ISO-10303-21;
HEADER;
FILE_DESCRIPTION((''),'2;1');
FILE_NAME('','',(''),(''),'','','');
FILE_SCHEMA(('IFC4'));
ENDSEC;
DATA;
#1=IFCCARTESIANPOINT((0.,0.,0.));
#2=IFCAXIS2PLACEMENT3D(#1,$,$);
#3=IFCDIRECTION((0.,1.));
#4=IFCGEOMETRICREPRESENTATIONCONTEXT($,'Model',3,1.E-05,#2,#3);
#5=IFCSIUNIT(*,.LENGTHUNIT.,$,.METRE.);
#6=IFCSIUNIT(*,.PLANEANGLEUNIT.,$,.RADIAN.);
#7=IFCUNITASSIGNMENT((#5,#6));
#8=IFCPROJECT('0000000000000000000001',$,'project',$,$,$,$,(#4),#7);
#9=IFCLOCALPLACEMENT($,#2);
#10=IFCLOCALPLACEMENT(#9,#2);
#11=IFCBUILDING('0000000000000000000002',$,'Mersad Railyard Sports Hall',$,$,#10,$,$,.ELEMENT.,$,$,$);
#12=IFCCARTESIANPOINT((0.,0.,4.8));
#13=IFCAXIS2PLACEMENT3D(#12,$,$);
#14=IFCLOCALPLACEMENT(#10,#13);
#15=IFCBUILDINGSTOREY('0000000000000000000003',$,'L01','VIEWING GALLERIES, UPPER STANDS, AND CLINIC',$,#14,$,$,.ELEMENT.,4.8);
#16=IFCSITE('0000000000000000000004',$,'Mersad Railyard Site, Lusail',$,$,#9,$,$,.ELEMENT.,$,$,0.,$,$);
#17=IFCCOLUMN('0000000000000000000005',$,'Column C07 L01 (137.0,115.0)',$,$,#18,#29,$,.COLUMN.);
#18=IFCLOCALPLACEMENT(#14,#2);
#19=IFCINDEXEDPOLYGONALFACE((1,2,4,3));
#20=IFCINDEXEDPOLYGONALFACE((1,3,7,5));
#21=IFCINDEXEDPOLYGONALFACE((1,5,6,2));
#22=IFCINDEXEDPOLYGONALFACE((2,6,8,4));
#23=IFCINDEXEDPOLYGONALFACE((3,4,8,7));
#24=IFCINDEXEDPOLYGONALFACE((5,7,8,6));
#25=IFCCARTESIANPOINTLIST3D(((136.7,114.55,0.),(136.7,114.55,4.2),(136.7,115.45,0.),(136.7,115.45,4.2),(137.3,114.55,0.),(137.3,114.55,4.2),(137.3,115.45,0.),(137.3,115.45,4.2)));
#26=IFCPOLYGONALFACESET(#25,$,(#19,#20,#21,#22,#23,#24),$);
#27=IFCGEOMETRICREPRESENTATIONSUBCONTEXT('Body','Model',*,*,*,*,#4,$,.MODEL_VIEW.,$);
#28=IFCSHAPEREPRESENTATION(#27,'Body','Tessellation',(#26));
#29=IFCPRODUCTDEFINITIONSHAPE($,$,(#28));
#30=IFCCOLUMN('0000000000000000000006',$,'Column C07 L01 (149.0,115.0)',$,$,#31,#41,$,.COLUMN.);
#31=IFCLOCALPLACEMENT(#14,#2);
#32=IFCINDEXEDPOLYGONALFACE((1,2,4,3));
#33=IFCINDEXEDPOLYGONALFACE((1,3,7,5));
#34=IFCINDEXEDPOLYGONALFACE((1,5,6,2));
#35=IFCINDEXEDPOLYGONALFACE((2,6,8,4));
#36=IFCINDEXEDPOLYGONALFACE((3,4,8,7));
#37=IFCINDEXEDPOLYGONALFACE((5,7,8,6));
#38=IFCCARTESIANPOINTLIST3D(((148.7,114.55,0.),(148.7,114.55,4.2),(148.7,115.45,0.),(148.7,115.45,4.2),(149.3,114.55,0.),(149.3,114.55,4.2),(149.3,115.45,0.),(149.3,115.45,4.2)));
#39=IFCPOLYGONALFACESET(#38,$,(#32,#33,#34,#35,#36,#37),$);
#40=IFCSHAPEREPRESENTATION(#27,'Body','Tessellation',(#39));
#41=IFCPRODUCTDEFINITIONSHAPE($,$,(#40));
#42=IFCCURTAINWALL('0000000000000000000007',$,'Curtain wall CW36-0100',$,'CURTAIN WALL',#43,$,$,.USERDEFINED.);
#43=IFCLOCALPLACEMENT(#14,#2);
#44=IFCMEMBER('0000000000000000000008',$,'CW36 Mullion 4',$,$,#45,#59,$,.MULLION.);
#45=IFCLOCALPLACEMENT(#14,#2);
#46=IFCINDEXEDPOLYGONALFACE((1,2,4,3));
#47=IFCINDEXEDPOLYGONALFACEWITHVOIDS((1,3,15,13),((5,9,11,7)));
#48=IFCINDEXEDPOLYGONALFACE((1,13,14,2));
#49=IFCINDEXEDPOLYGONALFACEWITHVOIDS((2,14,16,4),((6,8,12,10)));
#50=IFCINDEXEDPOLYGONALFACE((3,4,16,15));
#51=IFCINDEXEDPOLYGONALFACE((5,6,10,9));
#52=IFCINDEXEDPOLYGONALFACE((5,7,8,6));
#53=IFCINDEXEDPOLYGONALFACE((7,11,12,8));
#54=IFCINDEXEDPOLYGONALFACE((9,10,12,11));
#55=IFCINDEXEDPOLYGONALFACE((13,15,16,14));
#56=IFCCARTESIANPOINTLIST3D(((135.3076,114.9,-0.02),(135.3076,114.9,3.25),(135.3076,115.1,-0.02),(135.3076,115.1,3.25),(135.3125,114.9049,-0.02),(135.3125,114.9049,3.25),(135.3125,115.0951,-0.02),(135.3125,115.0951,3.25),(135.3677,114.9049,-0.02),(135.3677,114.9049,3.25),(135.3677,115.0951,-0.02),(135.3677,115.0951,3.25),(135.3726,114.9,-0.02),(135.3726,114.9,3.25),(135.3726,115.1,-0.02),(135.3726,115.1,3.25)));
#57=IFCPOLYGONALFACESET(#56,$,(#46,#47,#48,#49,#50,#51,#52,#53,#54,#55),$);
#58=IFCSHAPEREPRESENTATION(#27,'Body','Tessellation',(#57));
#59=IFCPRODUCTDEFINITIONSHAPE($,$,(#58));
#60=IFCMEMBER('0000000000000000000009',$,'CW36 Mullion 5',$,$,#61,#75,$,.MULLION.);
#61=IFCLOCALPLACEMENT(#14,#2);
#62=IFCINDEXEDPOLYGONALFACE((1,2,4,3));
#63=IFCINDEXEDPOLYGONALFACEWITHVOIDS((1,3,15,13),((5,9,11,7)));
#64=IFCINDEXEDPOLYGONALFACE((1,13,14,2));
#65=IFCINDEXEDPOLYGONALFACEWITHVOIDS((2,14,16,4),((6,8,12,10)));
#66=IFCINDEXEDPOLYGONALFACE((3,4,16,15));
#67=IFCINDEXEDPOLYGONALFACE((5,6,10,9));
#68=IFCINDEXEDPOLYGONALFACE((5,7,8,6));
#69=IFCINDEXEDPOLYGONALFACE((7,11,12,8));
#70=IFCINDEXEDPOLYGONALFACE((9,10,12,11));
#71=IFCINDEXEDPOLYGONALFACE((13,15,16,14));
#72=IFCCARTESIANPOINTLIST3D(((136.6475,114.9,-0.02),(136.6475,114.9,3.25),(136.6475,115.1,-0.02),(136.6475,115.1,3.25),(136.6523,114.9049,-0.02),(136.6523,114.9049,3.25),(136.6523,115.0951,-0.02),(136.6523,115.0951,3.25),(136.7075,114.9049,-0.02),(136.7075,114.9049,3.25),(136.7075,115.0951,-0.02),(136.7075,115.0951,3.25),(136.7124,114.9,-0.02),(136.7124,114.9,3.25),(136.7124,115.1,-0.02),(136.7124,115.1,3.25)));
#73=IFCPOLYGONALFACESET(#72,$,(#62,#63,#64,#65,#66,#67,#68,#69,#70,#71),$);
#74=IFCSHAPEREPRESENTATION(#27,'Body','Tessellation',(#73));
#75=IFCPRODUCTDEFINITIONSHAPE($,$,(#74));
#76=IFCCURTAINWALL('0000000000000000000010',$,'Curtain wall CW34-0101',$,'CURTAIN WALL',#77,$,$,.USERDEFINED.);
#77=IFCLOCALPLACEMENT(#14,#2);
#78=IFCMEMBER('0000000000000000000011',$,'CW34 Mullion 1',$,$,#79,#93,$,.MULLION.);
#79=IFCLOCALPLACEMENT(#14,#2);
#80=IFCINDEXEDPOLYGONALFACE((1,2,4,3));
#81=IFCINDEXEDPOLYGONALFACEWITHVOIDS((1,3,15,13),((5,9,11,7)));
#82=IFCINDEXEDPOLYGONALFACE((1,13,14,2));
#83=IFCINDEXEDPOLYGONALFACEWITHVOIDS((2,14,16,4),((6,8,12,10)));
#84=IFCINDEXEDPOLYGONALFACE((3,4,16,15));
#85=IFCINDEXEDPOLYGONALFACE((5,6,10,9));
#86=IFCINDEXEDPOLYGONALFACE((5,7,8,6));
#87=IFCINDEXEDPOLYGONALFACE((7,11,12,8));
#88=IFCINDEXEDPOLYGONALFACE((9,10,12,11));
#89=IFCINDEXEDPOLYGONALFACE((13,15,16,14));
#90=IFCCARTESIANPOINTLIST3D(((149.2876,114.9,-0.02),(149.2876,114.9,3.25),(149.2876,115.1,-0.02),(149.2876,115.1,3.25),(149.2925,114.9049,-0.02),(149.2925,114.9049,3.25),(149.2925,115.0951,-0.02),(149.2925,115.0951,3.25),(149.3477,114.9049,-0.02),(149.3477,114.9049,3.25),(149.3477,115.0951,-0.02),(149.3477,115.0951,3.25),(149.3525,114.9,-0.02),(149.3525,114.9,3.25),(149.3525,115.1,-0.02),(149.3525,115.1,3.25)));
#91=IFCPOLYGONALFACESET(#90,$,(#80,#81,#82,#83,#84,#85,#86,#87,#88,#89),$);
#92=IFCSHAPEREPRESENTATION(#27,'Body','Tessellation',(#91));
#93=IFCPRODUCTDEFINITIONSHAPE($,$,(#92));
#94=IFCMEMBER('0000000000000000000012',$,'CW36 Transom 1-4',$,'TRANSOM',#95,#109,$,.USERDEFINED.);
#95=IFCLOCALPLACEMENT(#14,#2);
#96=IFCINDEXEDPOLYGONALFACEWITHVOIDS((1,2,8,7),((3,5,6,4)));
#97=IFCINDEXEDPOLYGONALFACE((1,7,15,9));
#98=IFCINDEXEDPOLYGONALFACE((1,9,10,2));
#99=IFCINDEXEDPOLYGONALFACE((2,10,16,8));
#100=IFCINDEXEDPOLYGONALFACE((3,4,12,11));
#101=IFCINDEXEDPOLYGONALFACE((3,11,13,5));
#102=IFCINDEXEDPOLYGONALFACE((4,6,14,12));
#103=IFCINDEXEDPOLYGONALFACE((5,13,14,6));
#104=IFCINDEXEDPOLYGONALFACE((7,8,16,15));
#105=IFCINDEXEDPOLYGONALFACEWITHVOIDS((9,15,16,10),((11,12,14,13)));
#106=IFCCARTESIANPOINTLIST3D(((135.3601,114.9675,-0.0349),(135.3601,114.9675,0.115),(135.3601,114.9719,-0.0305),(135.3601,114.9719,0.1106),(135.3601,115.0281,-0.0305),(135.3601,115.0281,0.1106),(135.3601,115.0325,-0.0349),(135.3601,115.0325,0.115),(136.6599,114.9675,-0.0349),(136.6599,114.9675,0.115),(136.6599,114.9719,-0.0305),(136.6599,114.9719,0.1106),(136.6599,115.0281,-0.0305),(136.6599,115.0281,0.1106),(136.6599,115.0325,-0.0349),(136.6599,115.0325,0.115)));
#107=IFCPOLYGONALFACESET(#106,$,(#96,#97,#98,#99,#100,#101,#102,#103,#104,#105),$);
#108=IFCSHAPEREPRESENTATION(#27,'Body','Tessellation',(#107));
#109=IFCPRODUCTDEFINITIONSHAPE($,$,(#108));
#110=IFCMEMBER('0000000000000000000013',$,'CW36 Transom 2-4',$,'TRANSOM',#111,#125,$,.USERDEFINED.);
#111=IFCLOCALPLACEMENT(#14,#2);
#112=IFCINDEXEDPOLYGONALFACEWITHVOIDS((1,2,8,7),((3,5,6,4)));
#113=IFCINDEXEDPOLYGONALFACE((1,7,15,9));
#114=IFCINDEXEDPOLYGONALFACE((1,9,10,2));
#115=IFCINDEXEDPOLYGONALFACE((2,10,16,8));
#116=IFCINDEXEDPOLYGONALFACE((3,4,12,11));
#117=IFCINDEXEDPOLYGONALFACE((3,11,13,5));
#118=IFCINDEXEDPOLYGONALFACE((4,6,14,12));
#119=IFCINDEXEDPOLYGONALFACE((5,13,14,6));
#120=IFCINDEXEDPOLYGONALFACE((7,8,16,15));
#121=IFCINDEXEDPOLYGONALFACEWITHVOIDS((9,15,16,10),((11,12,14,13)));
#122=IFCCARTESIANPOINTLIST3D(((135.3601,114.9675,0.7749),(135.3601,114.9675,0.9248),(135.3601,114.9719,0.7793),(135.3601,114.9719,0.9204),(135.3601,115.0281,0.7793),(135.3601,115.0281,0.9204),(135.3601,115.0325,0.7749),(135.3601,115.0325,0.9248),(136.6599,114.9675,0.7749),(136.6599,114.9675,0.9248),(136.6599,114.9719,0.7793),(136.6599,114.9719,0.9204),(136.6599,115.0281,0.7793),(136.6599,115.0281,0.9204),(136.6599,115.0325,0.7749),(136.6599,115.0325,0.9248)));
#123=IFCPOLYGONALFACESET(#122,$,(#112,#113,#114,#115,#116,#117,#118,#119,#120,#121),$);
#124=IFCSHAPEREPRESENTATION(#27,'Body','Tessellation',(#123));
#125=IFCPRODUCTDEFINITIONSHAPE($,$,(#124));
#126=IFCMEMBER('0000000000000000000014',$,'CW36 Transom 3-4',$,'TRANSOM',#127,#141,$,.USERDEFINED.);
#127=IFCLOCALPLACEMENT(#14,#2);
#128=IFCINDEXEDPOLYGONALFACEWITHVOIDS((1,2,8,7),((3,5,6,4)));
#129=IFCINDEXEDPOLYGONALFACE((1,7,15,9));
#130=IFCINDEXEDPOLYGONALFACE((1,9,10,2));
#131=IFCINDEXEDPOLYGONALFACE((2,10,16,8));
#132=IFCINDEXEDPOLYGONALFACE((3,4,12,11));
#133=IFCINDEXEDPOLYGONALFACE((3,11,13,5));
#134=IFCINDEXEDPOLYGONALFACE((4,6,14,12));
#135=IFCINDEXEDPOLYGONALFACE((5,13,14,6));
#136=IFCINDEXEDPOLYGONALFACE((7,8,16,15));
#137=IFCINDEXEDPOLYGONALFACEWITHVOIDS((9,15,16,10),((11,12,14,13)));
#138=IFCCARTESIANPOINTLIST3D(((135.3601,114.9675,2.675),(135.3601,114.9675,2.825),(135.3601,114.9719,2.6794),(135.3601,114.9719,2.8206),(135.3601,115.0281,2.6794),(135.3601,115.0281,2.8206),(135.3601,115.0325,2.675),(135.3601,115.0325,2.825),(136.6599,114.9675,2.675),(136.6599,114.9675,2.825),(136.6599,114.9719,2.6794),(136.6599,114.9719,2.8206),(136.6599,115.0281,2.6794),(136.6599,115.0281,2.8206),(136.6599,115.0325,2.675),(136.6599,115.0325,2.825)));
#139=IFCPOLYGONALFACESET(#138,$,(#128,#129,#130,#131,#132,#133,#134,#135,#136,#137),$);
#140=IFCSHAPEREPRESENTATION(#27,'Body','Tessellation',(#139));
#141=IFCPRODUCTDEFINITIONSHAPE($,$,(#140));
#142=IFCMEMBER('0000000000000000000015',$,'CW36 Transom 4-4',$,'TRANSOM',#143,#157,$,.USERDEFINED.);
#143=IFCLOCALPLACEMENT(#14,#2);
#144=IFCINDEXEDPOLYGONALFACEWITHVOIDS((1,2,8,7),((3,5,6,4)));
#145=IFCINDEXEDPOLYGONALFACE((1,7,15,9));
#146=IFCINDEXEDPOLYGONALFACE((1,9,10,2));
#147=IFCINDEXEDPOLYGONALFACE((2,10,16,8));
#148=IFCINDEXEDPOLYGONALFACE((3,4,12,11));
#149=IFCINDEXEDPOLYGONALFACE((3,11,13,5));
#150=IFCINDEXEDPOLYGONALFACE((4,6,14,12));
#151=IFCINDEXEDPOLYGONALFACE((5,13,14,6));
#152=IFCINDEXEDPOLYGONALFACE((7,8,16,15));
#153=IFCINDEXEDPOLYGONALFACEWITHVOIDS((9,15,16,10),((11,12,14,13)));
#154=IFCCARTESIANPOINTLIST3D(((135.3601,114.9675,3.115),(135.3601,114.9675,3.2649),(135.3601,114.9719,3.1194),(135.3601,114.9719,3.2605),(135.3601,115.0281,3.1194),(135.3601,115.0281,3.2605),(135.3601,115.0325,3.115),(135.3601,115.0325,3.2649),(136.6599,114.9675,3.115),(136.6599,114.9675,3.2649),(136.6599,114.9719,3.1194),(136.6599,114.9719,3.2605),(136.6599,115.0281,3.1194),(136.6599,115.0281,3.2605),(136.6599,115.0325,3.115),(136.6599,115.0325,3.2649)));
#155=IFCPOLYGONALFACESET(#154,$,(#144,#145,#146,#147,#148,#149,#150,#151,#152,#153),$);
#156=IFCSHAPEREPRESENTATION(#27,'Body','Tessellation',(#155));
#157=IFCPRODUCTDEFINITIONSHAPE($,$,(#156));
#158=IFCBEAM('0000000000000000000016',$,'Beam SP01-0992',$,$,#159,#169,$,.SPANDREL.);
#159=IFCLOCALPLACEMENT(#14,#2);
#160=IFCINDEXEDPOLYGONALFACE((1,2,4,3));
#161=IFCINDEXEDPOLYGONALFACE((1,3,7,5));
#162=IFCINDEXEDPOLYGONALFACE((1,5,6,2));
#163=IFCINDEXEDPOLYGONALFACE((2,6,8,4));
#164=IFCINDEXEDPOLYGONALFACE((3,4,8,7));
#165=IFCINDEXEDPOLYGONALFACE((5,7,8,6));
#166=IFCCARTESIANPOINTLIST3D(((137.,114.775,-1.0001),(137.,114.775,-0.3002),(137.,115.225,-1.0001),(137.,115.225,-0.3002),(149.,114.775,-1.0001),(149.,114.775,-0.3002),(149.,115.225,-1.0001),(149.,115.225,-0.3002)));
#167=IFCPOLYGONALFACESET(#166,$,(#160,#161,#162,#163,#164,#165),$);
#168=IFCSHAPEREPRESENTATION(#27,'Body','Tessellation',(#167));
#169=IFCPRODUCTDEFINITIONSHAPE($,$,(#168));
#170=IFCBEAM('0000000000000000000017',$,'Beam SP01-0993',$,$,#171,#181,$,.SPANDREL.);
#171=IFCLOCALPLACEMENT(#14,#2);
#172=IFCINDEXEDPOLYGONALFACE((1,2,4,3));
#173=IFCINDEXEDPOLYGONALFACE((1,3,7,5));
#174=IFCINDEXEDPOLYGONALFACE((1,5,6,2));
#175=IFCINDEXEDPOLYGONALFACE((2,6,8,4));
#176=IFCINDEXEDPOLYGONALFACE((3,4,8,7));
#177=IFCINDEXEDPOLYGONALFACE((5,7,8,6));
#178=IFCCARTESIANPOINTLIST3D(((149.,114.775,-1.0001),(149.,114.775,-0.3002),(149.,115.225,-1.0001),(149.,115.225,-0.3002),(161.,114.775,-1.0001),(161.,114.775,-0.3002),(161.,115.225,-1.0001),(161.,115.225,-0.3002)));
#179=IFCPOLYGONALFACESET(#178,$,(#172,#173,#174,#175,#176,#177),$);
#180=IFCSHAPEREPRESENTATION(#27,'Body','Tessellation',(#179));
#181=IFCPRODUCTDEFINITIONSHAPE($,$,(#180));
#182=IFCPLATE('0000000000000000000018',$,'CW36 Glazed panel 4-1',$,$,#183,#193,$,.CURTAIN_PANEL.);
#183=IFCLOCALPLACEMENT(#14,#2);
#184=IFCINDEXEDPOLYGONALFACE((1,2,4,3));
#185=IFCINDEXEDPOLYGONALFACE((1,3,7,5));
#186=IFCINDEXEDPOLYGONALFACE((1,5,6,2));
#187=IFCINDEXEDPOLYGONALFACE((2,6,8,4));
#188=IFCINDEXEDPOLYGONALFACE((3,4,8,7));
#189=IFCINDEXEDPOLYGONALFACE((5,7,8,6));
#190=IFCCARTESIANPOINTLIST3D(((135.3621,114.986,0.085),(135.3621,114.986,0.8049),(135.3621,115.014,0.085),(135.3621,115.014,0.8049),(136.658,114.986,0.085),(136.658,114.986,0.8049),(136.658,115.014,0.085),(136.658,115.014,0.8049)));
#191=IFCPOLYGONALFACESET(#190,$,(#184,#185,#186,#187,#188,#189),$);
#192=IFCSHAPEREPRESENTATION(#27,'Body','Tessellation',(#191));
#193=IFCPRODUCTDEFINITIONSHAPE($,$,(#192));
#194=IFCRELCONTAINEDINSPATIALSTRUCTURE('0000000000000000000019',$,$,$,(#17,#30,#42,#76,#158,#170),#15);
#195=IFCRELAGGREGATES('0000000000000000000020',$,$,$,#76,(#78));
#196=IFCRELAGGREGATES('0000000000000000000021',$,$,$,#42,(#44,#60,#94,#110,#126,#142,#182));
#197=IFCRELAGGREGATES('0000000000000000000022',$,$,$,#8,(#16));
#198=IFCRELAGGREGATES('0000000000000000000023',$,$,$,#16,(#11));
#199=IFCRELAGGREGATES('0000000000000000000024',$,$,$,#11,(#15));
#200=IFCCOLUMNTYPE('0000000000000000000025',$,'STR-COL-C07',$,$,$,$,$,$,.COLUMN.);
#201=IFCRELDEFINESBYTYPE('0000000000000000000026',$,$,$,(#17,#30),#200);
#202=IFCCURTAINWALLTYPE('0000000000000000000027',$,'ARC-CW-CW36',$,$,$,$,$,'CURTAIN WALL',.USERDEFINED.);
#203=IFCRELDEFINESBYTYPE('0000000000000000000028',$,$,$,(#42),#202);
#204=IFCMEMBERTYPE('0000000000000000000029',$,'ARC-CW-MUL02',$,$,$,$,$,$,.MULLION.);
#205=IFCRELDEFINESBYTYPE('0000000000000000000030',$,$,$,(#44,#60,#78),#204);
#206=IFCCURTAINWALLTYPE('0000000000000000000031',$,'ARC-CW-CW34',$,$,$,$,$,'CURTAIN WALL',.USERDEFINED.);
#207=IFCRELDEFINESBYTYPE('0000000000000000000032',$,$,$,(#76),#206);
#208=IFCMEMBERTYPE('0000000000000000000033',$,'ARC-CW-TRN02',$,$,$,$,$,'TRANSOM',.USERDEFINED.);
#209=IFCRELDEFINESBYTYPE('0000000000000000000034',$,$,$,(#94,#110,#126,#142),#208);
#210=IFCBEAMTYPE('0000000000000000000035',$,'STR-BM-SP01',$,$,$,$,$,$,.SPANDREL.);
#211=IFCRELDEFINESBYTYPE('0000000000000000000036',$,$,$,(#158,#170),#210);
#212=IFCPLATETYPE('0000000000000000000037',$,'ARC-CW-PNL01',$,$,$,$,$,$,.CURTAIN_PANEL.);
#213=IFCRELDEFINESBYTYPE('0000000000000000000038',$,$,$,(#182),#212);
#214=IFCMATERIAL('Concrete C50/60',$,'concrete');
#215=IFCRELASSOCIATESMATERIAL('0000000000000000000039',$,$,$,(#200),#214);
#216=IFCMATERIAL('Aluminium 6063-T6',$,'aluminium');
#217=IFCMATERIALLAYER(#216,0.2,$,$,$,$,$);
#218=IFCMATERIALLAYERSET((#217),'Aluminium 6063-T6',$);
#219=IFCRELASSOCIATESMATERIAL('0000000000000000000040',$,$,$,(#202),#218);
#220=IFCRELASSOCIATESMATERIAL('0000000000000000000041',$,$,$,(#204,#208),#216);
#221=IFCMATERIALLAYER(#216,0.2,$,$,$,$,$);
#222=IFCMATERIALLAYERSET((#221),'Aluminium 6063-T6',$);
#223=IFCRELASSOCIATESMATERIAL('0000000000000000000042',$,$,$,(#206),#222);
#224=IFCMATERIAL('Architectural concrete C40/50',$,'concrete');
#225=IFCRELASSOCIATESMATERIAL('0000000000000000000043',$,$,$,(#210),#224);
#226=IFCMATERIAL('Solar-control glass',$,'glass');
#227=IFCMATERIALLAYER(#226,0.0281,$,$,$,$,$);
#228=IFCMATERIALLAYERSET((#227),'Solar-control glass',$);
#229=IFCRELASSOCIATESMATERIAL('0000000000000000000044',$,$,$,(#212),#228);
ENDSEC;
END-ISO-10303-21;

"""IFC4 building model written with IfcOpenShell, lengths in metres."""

from ifc_helpers import new_model, si_unit, direction, frame, origin, origin_2d, place, context, subcontext, project, spatial, rectangle, hollow_rectangle, extrude, material, layer, layer_set, material_profile, profile_set, type_object, element, aggregate, save


model = new_model("IFC4")

# Units and contexts
model_context = context("Model", 3, precision=1e-05, world=origin(), true_north=direction((0.0, 1.0)))
body_context = subcontext(model_context, "Body", "Model", "MODEL_VIEW")
ifc_project = project(units=[si_unit("LENGTHUNIT", "METRE"), si_unit("PLANEANGLEUNIT", "RADIAN")], contexts=[model_context])

# Site, building, storey
site_placement = place(None, origin())
site = spatial("IfcSite", under=ifc_project, at=site_placement, Name="Mersad Railyard Site, Lusail", CompositionType="ELEMENT", RefElevation=0.0)
building_placement = place(site_placement, origin())
building = spatial("IfcBuilding", under=site, at=building_placement, Name="Mersad Railyard Sports Hall", CompositionType="ELEMENT")
storey_placement = place(building_placement, frame((0.0, 0.0, 4.8)))
storey = spatial("IfcBuildingStorey", under=building, at=storey_placement, Name="L01", Description="VIEWING GALLERIES, UPPER STANDS, AND CLINIC", CompositionType="ELEMENT", Elevation=4.8)

# Columns
ifc_material_1 = material(Name="Concrete C50/60", Category="concrete")
ifc_material_profile_1 = material_profile(ifc_material_1, rectangle(XDim=0.6001, YDim=0.8999, at=origin_2d()), Name="RC 600x900")
ifc_profile_set_1 = profile_set([ifc_material_profile_1], Name="Concrete C50/60")
column_type = type_object("IfcColumnType", Name="STR-COL-C07", PredefinedType="COLUMN", material=ifc_profile_set_1)
for number, where, z_axis, x_axis, name in (
    (1, (137.0, 115.0, 0.0), (0.0, 0.0, 1.0), (1.0, 0.0, 0.0), "Column C07 L01 (137.0,115.0)"),
    (2, (149.0, 115.0, 0.0), (0.0, 0.0, 1.0), (1.0, 0.0, 0.0), "Column C07 L01 (149.0,115.0)"),
):
    element("IfcColumn", number, at=place(storey_placement, frame(where, z_axis=z_axis, x_axis=x_axis)), inside=storey, type_object=column_type, Name=name, PredefinedType="COLUMN", context=body_context, shape_type="SweptSolid", body=[
        extrude(rectangle(XDim=0.6001, YDim=0.8999, at=origin_2d()), origin(), (0.0, 0.0, 1.0), 4.2),
    ])

# Curtain wall, members
ifc_material_2 = material(Name="Aluminium 6063-T6", Category="aluminium")
ifc_layer_1 = layer(ifc_material_2, 0.2)
ifc_layer_set_1 = layer_set([ifc_layer_1], Name="Aluminium 6063-T6")
curtain_wall_type_1 = type_object("IfcCurtainWallType", Name="ARC-CW-CW36", ElementType="CURTAIN WALL", PredefinedType="USERDEFINED", material=ifc_layer_set_1)
curtain_wall_1_placement = place(storey_placement, origin())
curtain_wall_1 = element("IfcCurtainWall", 3, at=curtain_wall_1_placement, inside=storey, type_object=curtain_wall_type_1, Name="Curtain wall CW36-0100", ObjectType="CURTAIN WALL", PredefinedType="USERDEFINED")
ifc_material_profile_2 = material_profile(ifc_material_2, hollow_rectangle(XDim=0.0649, YDim=0.2, WallThickness=0.0049, at=origin_2d()), Name="AL MULLION 65x200x5")
ifc_profile_set_2 = profile_set([ifc_material_profile_2], Name="Aluminium 6063-T6")
member_type_1 = type_object("IfcMemberType", Name="ARC-CW-MUL02", PredefinedType="MULLION", material=ifc_profile_set_2)
member_1_placement = place(storey_placement, frame((135.3401, 115.0, -0.02), z_axis=(0.0, 0.0, 1.0), x_axis=(1.0, 0.0, 0.0)))
member_1 = element("IfcMember", 4, at=member_1_placement, type_object=member_type_1, Name="CW36 Mullion 4", PredefinedType="MULLION", context=body_context, shape_type="SweptSolid", body=[
    extrude(hollow_rectangle(XDim=0.0649, YDim=0.2, WallThickness=0.0049, at=origin_2d()), origin(), (0.0, 0.0, 1.0), 3.27),
])
member_2_placement = place(storey_placement, frame((136.6799, 115.0, -0.02), z_axis=(0.0, 0.0, 1.0), x_axis=(1.0, 0.0, 0.0)))
member_2 = element("IfcMember", 5, at=member_2_placement, type_object=member_type_1, Name="CW36 Mullion 5", PredefinedType="MULLION", context=body_context, shape_type="SweptSolid", body=[
    extrude(hollow_rectangle(XDim=0.0649, YDim=0.2, WallThickness=0.0049, at=origin_2d()), origin(), (0.0, 0.0, 1.0), 3.27),
])

# Curtain wall, member
ifc_layer_2 = layer(ifc_material_2, 0.2)
ifc_layer_set_2 = layer_set([ifc_layer_2], Name="Aluminium 6063-T6")
curtain_wall_type_2 = type_object("IfcCurtainWallType", Name="ARC-CW-CW34", ElementType="CURTAIN WALL", PredefinedType="USERDEFINED", material=ifc_layer_set_2)
curtain_wall_2_placement = place(storey_placement, origin())
curtain_wall_2 = element("IfcCurtainWall", 6, at=curtain_wall_2_placement, inside=storey, type_object=curtain_wall_type_2, Name="Curtain wall CW34-0101", ObjectType="CURTAIN WALL", PredefinedType="USERDEFINED")
member_3_placement = place(storey_placement, frame((149.3201, 115.0, -0.02), z_axis=(0.0, 0.0, 1.0), x_axis=(1.0, 0.0, 0.0)))
member_3 = element("IfcMember", 7, at=member_3_placement, type_object=member_type_1, Name="CW34 Mullion 1", PredefinedType="MULLION", context=body_context, shape_type="SweptSolid", body=[
    extrude(hollow_rectangle(XDim=0.0649, YDim=0.2, WallThickness=0.0049, at=origin_2d()), origin(), (0.0, 0.0, 1.0), 3.27),
])
aggregate(curtain_wall_2, [member_3])

# Members
ifc_material_profile_3 = material_profile(ifc_material_2, hollow_rectangle(XDim=0.0649, YDim=0.1499, WallThickness=0.0044, at=origin_2d()), Name="AL TRANSOM 65x150x4.5")
ifc_profile_set_3 = profile_set([ifc_material_profile_3], Name="Aluminium 6063-T6")
member_type_2 = type_object("IfcMemberType", Name="ARC-CW-TRN02", ElementType="TRANSOM", PredefinedType="USERDEFINED", material=ifc_profile_set_3)
member_4_placement = place(storey_placement, frame((135.3601, 115.0, 0.04), z_axis=(1.0, 0.0, 0.0), x_axis=(0.0, 1.0, 0.0)))
member_4 = element("IfcMember", 8, at=member_4_placement, type_object=member_type_2, Name="CW36 Transom 1-4", ObjectType="TRANSOM", PredefinedType="USERDEFINED", context=body_context, shape_type="SweptSolid", body=[
    extrude(hollow_rectangle(XDim=0.0649, YDim=0.1499, WallThickness=0.0044, at=origin_2d()), origin(), (0.0, 0.0, 1.0), 1.2998),
])
member_5_placement = place(storey_placement, frame((135.3601, 115.0, 0.8499), z_axis=(1.0, 0.0, 0.0), x_axis=(0.0, 1.0, 0.0)))
member_5 = element("IfcMember", 9, at=member_5_placement, type_object=member_type_2, Name="CW36 Transom 2-4", ObjectType="TRANSOM", PredefinedType="USERDEFINED", context=body_context, shape_type="SweptSolid", body=[
    extrude(hollow_rectangle(XDim=0.0649, YDim=0.1499, WallThickness=0.0044, at=origin_2d()), origin(), (0.0, 0.0, 1.0), 1.2998),
])
member_6_placement = place(storey_placement, frame((135.3601, 115.0, 2.75), z_axis=(1.0, 0.0, 0.0), x_axis=(0.0, 1.0, 0.0)))
member_6 = element("IfcMember", 10, at=member_6_placement, type_object=member_type_2, Name="CW36 Transom 3-4", ObjectType="TRANSOM", PredefinedType="USERDEFINED", context=body_context, shape_type="SweptSolid", body=[
    extrude(hollow_rectangle(XDim=0.0649, YDim=0.1499, WallThickness=0.0044, at=origin_2d()), origin(), (0.0, 0.0, 1.0), 1.2998),
])
member_7_placement = place(storey_placement, frame((135.3601, 115.0, 3.1899), z_axis=(1.0, 0.0, 0.0), x_axis=(0.0, 1.0, 0.0)))
member_7 = element("IfcMember", 11, at=member_7_placement, type_object=member_type_2, Name="CW36 Transom 4-4", ObjectType="TRANSOM", PredefinedType="USERDEFINED", context=body_context, shape_type="SweptSolid", body=[
    extrude(hollow_rectangle(XDim=0.0649, YDim=0.1499, WallThickness=0.0044, at=origin_2d()), origin(), (0.0, 0.0, 1.0), 1.2998),
])

# Beams
ifc_material_3 = material(Name="Architectural concrete C40/50", Category="concrete")
ifc_material_profile_4 = material_profile(ifc_material_3, rectangle(XDim=0.45, YDim=0.7, at=origin_2d()), Name="RC 450x700")
ifc_profile_set_4 = profile_set([ifc_material_profile_4], Name="Architectural concrete C40/50")
beam_type = type_object("IfcBeamType", Name="STR-BM-SP01", PredefinedType="SPANDREL", material=ifc_profile_set_4)
for number, where, z_axis, x_axis, name in (
    (12, (137.0, 115.0, -0.6501), (1.0, 0.0, 0.0), (0.0, 1.0, 0.0), "Beam SP01-0992"),
    (13, (149.0, 115.0, -0.6501), (1.0, 0.0, 0.0), (0.0, 1.0, 0.0), "Beam SP01-0993"),
):
    element("IfcBeam", number, at=place(storey_placement, frame(where, z_axis=z_axis, x_axis=x_axis)), inside=storey, type_object=beam_type, Name=name, PredefinedType="SPANDREL", context=body_context, shape_type="SweptSolid", body=[
        extrude(rectangle(XDim=0.45, YDim=0.7, at=origin_2d()), origin(), (0.0, 0.0, 1.0), 12.0),
    ])

# Plate
ifc_material_4 = material(Name="Solar-control glass", Category="glass")
ifc_layer_3 = layer(ifc_material_4, 0.0281)
ifc_layer_set_3 = layer_set([ifc_layer_3], Name="Solar-control glass")
plate_type = type_object("IfcPlateType", Name="ARC-CW-PNL01", PredefinedType="CURTAIN_PANEL", material=ifc_layer_set_3)
plate_1_placement = place(storey_placement, frame((136.01, 115.0, 0.085), z_axis=(0.0, 0.0, 1.0), x_axis=(1.0, 0.0, 0.0)))
plate_1 = element("IfcPlate", 14, at=plate_1_placement, type_object=plate_type, Name="CW36 Glazed panel 4-1", PredefinedType="CURTAIN_PANEL", context=body_context, shape_type="SweptSolid", body=[
    extrude(rectangle(XDim=1.2959, YDim=0.0281, at=origin_2d()), origin(), (0.0, 0.0, 1.0), 0.72),
])
aggregate(curtain_wall_1, [member_1, member_2, member_4, member_5, member_6, member_7, plate_1])

save(model, "model.ifc")
